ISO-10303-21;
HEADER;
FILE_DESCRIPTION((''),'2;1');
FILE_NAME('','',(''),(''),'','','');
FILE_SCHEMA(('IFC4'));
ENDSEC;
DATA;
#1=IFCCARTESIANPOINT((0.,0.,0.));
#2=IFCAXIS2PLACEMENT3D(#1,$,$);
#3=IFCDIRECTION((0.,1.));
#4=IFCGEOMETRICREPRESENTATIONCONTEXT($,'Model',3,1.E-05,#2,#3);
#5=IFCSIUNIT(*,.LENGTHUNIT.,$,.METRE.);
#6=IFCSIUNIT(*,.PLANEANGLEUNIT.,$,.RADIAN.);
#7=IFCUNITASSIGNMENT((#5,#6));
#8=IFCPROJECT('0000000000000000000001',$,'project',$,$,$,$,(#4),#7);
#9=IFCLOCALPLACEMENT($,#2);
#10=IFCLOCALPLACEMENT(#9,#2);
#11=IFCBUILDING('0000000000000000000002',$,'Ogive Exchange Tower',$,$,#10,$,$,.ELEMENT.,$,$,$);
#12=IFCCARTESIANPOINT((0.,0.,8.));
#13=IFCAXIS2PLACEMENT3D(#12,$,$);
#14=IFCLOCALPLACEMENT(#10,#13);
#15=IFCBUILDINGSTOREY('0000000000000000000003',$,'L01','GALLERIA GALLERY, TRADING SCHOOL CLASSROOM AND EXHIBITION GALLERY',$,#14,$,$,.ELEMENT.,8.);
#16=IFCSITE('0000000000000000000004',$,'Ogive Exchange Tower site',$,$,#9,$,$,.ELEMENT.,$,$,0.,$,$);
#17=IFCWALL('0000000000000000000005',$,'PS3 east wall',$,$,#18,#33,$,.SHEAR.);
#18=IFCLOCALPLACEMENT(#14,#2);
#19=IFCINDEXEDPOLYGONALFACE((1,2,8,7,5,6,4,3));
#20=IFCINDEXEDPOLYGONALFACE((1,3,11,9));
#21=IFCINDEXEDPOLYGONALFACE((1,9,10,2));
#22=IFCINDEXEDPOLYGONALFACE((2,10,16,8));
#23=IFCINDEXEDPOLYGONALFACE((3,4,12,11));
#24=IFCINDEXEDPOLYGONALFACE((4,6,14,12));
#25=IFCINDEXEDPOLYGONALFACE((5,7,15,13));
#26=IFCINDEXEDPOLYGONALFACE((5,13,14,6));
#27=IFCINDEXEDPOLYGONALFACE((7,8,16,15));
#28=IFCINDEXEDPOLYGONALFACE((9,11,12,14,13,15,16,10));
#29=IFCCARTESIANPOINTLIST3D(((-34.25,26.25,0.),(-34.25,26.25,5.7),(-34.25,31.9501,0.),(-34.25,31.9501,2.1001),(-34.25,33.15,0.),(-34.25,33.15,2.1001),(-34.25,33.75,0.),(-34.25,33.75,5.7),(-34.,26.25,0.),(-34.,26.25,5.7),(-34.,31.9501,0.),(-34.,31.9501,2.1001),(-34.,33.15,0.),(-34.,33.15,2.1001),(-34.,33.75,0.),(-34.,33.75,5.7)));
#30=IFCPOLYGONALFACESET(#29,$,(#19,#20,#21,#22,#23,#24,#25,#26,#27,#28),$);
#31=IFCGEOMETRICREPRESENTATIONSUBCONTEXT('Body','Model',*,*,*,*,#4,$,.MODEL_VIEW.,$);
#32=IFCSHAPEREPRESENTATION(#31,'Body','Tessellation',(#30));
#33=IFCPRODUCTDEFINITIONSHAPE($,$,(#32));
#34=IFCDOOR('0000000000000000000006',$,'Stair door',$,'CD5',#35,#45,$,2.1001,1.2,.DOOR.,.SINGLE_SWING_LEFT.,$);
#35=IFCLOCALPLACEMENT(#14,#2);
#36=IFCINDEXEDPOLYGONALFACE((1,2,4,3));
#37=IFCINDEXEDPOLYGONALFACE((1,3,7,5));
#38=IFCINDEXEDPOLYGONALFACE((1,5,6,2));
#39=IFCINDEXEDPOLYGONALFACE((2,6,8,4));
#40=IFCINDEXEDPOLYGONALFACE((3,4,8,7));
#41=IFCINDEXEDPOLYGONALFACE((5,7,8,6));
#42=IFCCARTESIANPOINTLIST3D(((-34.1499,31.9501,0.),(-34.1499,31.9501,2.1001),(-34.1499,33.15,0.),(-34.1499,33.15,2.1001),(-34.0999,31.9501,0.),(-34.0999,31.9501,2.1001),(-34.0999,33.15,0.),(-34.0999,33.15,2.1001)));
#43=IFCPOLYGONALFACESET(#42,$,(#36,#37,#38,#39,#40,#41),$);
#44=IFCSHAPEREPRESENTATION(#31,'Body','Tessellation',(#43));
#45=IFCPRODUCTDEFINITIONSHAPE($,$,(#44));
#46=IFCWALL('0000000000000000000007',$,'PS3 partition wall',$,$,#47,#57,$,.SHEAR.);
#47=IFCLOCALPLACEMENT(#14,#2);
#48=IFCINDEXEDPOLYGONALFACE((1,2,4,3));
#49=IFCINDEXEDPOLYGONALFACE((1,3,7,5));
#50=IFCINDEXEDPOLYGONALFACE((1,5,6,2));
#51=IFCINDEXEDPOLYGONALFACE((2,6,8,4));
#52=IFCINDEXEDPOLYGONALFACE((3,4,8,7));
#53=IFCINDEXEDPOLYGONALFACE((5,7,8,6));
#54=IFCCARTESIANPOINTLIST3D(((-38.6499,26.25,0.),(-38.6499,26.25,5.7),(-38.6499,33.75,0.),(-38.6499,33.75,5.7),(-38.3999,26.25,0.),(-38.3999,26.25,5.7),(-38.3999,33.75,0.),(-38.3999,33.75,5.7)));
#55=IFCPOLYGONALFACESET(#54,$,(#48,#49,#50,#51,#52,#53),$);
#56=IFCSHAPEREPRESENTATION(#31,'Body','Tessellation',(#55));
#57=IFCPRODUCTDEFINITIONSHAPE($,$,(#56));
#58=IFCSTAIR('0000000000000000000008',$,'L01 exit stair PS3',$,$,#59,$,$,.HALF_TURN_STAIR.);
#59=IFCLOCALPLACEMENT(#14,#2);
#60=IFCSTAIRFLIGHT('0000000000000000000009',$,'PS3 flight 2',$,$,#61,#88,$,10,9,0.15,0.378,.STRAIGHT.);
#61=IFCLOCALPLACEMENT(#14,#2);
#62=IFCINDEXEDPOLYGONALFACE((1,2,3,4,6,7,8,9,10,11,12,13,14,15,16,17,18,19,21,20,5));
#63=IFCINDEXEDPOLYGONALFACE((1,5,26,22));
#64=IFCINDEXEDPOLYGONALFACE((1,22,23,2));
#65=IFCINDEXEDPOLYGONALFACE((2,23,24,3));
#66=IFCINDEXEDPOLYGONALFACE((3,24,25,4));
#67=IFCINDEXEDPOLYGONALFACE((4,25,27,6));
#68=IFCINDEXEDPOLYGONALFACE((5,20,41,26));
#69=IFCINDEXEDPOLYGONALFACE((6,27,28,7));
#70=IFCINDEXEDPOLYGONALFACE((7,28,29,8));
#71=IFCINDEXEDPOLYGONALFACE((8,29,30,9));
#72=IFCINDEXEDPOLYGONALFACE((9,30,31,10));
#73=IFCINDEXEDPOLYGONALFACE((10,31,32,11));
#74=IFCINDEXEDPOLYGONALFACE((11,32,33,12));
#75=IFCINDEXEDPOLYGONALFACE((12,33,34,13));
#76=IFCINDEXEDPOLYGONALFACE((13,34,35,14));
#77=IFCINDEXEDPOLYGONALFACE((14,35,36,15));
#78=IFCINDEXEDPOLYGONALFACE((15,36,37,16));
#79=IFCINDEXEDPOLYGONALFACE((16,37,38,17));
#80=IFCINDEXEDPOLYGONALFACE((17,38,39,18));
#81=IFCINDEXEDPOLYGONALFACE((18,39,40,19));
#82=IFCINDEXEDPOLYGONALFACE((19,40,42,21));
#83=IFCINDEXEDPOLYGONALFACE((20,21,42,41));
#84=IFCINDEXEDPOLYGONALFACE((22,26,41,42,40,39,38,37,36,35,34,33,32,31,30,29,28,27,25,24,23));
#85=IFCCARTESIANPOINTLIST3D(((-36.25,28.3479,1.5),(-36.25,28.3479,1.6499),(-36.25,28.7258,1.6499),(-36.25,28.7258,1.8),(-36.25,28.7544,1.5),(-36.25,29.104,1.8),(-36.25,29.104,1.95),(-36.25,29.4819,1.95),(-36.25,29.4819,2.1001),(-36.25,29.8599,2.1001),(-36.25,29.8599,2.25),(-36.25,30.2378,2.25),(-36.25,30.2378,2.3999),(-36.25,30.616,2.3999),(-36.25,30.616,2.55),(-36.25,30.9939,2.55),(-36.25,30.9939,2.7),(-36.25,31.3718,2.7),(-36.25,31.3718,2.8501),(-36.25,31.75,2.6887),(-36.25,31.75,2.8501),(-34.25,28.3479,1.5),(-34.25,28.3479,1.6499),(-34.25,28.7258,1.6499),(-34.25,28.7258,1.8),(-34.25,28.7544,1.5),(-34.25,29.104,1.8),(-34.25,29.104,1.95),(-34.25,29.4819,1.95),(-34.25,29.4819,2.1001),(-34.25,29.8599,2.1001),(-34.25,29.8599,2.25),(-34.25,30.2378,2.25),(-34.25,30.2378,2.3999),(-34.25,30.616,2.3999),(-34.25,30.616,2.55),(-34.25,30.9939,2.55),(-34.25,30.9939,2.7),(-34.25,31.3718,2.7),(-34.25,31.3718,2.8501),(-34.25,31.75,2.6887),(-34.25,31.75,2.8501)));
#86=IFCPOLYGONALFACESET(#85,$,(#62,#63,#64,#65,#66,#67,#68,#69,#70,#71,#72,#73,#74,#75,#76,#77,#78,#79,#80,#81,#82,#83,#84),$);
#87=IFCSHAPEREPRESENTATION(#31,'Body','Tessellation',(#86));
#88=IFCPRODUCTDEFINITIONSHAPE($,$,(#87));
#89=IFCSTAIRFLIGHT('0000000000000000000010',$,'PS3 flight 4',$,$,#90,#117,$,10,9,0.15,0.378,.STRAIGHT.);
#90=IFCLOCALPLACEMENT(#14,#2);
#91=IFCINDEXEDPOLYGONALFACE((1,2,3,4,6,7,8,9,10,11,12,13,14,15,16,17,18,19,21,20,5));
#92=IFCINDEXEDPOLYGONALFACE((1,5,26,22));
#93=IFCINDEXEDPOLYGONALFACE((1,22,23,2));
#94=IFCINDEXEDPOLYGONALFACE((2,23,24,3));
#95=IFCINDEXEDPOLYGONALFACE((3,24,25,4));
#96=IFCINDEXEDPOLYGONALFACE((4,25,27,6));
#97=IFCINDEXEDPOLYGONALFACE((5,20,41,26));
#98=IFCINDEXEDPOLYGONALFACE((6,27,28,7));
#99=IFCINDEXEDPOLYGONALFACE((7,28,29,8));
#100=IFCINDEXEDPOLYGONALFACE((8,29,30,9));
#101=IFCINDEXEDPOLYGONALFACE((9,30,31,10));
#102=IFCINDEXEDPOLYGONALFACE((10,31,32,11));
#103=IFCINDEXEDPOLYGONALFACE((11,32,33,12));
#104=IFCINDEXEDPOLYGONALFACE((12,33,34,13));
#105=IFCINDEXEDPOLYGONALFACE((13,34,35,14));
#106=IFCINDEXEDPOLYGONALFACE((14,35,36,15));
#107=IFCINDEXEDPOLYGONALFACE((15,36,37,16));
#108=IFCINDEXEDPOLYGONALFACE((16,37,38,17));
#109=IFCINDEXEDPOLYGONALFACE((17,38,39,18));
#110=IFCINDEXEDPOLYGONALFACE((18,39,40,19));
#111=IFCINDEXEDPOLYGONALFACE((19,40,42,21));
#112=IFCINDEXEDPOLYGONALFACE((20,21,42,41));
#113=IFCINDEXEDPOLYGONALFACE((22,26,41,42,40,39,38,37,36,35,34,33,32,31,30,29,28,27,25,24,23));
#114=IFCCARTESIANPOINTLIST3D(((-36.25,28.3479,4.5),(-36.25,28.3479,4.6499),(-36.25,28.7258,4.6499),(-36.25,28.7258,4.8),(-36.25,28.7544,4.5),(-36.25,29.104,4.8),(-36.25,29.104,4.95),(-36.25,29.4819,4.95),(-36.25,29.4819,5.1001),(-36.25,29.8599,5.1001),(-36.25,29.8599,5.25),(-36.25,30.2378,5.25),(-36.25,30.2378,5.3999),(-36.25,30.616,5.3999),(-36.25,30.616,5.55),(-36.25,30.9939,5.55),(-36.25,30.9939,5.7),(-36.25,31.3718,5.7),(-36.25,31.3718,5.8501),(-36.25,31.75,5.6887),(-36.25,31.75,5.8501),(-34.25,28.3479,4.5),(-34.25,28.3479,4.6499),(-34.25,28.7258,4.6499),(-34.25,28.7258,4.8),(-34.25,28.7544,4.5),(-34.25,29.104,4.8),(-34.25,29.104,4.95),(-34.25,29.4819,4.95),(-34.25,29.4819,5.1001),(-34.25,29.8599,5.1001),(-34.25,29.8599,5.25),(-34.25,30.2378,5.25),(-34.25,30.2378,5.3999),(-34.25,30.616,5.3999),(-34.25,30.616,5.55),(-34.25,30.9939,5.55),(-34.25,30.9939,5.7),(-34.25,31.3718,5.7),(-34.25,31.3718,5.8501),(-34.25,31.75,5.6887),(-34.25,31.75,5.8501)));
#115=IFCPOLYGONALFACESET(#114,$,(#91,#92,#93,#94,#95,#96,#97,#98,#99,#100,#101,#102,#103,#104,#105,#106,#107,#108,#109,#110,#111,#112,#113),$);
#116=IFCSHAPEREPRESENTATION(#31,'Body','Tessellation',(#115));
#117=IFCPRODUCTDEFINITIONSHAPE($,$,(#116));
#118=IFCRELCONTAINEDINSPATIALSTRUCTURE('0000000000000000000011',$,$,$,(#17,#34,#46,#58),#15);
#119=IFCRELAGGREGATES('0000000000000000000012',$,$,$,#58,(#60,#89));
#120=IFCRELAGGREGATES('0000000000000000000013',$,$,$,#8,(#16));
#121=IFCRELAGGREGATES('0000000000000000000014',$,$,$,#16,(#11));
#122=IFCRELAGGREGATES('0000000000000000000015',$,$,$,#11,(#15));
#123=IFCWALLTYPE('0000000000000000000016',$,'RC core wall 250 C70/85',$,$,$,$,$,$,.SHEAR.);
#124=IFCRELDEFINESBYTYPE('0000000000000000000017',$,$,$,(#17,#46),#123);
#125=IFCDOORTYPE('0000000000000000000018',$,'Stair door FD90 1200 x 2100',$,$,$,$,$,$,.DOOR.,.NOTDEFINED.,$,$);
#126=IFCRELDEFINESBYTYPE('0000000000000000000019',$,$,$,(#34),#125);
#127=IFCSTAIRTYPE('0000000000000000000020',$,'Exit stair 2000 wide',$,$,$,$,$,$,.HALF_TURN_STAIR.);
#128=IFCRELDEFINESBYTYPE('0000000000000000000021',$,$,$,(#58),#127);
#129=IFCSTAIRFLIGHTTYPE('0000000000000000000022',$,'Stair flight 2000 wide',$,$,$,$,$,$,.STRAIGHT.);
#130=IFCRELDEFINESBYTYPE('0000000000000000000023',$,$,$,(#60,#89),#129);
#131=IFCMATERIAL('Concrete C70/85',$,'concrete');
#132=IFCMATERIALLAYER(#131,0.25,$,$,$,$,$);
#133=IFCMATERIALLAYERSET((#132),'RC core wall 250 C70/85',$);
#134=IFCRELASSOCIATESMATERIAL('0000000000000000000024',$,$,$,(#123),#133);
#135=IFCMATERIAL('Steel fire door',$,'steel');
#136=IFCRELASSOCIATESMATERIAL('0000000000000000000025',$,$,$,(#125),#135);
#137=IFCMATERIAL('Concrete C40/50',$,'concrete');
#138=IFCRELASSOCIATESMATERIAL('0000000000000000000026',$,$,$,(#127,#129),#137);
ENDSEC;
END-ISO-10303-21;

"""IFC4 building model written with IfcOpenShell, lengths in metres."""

from ifc_helpers import new_model, si_unit, direction, frame, frame_2d, origin, place, context, subcontext, project, spatial, polyline, rectangle, outline, extrude, material, layer, layer_set, type_object, element, fill, aggregate, save


model = new_model("IFC4")

# Units and contexts
model_context = context("Model", 3, precision=1e-05, world=origin(), true_north=direction((0.0, 1.0)))
body_context = subcontext(model_context, "Body", "Model", "MODEL_VIEW")
ifc_project = project(units=[si_unit("LENGTHUNIT", "METRE"), si_unit("PLANEANGLEUNIT", "RADIAN")], contexts=[model_context])

# Site, building, storey
site_placement = place(None, origin())
site = spatial("IfcSite", under=ifc_project, at=site_placement, Name="Ogive Exchange Tower site", CompositionType="ELEMENT", RefElevation=0.0)
building_placement = place(site_placement, origin())
building = spatial("IfcBuilding", under=site, at=building_placement, Name="Ogive Exchange Tower", CompositionType="ELEMENT")
storey_placement = place(building_placement, frame((0.0, 0.0, 8.0)))
storey = spatial("IfcBuildingStorey", under=building, at=storey_placement, Name="L01", Description="GALLERIA GALLERY, TRADING SCHOOL CLASSROOM AND EXHIBITION GALLERY", CompositionType="ELEMENT", Elevation=8.0)

# Shared definitions
ifc_material_1 = material(Name="Concrete C70/85", Category="concrete")

# Shared definitions
ifc_layer_1 = layer(ifc_material_1, 0.25)
ifc_layer_set_1 = layer_set([ifc_layer_1], Name="RC core wall 250 C70/85")
wall_type_1 = type_object("IfcWallType", Name="RC core wall 250 C70/85", PredefinedType="SHEAR", material=ifc_layer_set_1)

# Wall, opening, door
ifc_material_2 = material(Name="Steel fire door", Category="steel")
wall_1_placement = place(storey_placement, frame((-34.125, 26.25, 0.0), z_axis=(0.0, 0.0, 1.0), x_axis=(0.0, 1.0, 0.0)))
wall_1 = element("IfcWall", 1, at=wall_1_placement, inside=storey, type_object=wall_type_1, Name="PS3 east wall", PredefinedType="SHEAR", context=body_context, shape_type="SweptSolid", body=[
    extrude(rectangle(XDim=7.5, YDim=0.25, at=frame_2d((3.75, 0.0))), origin(), (0.0, 0.0, 1.0), 5.7),
])
opening_1_placement = place(wall_1_placement, frame((5.7, 0.0, 0.0)))
opening_1 = element("IfcOpeningElement", 2, at=opening_1_placement, cuts=wall_1, PredefinedType="OPENING", context=body_context, shape_type="SweptSolid", body=[
    extrude(rectangle(XDim=1.2, YDim=2.1001, at=frame_2d((0.6001, 1.05))), frame((0.0, 0.135, 0.0), z_axis=(0.0, -1.0, 0.0), x_axis=(1.0, 0.0, 0.0)), (0.0, 0.0, 1.0), 0.27),
])
door_type_1 = type_object("IfcDoorType", Name="Stair door FD90 1200 x 2100", OperationType="NOTDEFINED", PredefinedType="DOOR", material=ifc_material_2)
door_1_placement = place(opening_1_placement, origin())
door_1 = element("IfcDoor", 3, at=door_1_placement, inside=storey, type_object=door_type_1, Name="Stair door", ObjectType="CD5", OperationType="SINGLE_SWING_LEFT", OverallHeight=2.1001, OverallWidth=1.2, PredefinedType="DOOR", context=body_context, shape_type="SweptSolid", body=[
    extrude(rectangle(XDim=1.2, YDim=2.1001, at=frame_2d((0.6001, 1.05))), frame((0.0, 0.0249, 0.0), z_axis=(0.0, -1.0, 0.0), x_axis=(1.0, 0.0, 0.0)), (0.0, 0.0, 1.0), 0.05),
])
fill(opening_1, door_1)

# Wall
wall_2_placement = place(storey_placement, frame((-38.5249, 26.25, 0.0), z_axis=(0.0, 0.0, 1.0), x_axis=(0.0, 1.0, 0.0)))
element("IfcWall", 4, at=wall_2_placement, inside=storey, type_object=wall_type_1, Name="PS3 partition wall", PredefinedType="SHEAR", context=body_context, shape_type="SweptSolid", body=[
    extrude(rectangle(XDim=7.5, YDim=0.25, at=frame_2d((3.75, 0.0))), origin(), (0.0, 0.0, 1.0), 5.7),
])

# Stair, stair flights
ifc_material_3 = material(Name="Concrete C40/50", Category="concrete")
stair_type = type_object("IfcStairType", Name="Exit stair 2000 wide", PredefinedType="HALF_TURN_STAIR", material=ifc_material_3)
stair_placement = place(storey_placement, origin())
stair = element("IfcStair", 5, at=stair_placement, inside=storey, type_object=stair_type, Name="L01 exit stair PS3", PredefinedType="HALF_TURN_STAIR")
stair_flight_type = type_object("IfcStairFlightType", Name="Stair flight 2000 wide", PredefinedType="STRAIGHT", material=ifc_material_3)
stair_flight_1_placement = place(storey_placement, frame((-35.25, 28.3479, 1.5), z_axis=(0.0, 0.0, 1.0), x_axis=(0.0, 1.0, 0.0)))
stair_flight_1 = element("IfcStairFlight", 6, at=stair_flight_1_placement, type_object=stair_flight_type, Name="PS3 flight 2", NumberOfRisers=10, NumberOfTreads=9, PredefinedType="STRAIGHT", RiserHeight=0.15, TreadLength=0.378, context=body_context, shape_type="SweptSolid", body=[
    extrude(outline(polyline([(0.0, 0.0), (0.0, 0.1499), (0.3779, 0.1499), (0.3779, 0.3), (0.7561, 0.3), (0.7561, 0.45), (1.134, 0.45), (1.134, 0.6001), (1.512, 0.6001), (1.512, 0.75), (1.8899, 0.75), (1.8899, 0.8999), (2.2681, 0.8999), (2.2681, 1.05), (2.646, 1.05), (2.646, 1.2), (3.0239, 1.2), (3.0239, 1.3501), (3.4021, 1.3501), (3.4021, 1.5), (3.4021, 1.1887), (0.4065, 0.0), (0.0, 0.0)])), frame((0.0, 1.0, 0.0), z_axis=(0.0, -1.0, 0.0), x_axis=(1.0, 0.0, 0.0)), (0.0, 0.0, 1.0), 2.0),
])
stair_flight_2_placement = place(storey_placement, frame((-35.25, 28.3479, 4.5), z_axis=(0.0, 0.0, 1.0), x_axis=(0.0, 1.0, 0.0)))
stair_flight_2 = element("IfcStairFlight", 7, at=stair_flight_2_placement, type_object=stair_flight_type, Name="PS3 flight 4", NumberOfRisers=10, NumberOfTreads=9, PredefinedType="STRAIGHT", RiserHeight=0.15, TreadLength=0.378, context=body_context, shape_type="SweptSolid", body=[
    extrude(outline(polyline([(0.0, 0.0), (0.0, 0.1499), (0.3779, 0.1499), (0.3779, 0.3), (0.7561, 0.3), (0.7561, 0.45), (1.134, 0.45), (1.134, 0.6001), (1.512, 0.6001), (1.512, 0.75), (1.8899, 0.75), (1.8899, 0.8999), (2.2681, 0.8999), (2.2681, 1.05), (2.646, 1.05), (2.646, 1.2), (3.0239, 1.2), (3.0239, 1.3501), (3.4021, 1.3501), (3.4021, 1.5), (3.4021, 1.1887), (0.4065, 0.0), (0.0, 0.0)])), frame((0.0, 1.0, 0.0), z_axis=(0.0, -1.0, 0.0), x_axis=(1.0, 0.0, 0.0)), (0.0, 0.0, 1.0), 2.0),
])
aggregate(stair, [stair_flight_1, stair_flight_2])

save(model, "model.ifc")
